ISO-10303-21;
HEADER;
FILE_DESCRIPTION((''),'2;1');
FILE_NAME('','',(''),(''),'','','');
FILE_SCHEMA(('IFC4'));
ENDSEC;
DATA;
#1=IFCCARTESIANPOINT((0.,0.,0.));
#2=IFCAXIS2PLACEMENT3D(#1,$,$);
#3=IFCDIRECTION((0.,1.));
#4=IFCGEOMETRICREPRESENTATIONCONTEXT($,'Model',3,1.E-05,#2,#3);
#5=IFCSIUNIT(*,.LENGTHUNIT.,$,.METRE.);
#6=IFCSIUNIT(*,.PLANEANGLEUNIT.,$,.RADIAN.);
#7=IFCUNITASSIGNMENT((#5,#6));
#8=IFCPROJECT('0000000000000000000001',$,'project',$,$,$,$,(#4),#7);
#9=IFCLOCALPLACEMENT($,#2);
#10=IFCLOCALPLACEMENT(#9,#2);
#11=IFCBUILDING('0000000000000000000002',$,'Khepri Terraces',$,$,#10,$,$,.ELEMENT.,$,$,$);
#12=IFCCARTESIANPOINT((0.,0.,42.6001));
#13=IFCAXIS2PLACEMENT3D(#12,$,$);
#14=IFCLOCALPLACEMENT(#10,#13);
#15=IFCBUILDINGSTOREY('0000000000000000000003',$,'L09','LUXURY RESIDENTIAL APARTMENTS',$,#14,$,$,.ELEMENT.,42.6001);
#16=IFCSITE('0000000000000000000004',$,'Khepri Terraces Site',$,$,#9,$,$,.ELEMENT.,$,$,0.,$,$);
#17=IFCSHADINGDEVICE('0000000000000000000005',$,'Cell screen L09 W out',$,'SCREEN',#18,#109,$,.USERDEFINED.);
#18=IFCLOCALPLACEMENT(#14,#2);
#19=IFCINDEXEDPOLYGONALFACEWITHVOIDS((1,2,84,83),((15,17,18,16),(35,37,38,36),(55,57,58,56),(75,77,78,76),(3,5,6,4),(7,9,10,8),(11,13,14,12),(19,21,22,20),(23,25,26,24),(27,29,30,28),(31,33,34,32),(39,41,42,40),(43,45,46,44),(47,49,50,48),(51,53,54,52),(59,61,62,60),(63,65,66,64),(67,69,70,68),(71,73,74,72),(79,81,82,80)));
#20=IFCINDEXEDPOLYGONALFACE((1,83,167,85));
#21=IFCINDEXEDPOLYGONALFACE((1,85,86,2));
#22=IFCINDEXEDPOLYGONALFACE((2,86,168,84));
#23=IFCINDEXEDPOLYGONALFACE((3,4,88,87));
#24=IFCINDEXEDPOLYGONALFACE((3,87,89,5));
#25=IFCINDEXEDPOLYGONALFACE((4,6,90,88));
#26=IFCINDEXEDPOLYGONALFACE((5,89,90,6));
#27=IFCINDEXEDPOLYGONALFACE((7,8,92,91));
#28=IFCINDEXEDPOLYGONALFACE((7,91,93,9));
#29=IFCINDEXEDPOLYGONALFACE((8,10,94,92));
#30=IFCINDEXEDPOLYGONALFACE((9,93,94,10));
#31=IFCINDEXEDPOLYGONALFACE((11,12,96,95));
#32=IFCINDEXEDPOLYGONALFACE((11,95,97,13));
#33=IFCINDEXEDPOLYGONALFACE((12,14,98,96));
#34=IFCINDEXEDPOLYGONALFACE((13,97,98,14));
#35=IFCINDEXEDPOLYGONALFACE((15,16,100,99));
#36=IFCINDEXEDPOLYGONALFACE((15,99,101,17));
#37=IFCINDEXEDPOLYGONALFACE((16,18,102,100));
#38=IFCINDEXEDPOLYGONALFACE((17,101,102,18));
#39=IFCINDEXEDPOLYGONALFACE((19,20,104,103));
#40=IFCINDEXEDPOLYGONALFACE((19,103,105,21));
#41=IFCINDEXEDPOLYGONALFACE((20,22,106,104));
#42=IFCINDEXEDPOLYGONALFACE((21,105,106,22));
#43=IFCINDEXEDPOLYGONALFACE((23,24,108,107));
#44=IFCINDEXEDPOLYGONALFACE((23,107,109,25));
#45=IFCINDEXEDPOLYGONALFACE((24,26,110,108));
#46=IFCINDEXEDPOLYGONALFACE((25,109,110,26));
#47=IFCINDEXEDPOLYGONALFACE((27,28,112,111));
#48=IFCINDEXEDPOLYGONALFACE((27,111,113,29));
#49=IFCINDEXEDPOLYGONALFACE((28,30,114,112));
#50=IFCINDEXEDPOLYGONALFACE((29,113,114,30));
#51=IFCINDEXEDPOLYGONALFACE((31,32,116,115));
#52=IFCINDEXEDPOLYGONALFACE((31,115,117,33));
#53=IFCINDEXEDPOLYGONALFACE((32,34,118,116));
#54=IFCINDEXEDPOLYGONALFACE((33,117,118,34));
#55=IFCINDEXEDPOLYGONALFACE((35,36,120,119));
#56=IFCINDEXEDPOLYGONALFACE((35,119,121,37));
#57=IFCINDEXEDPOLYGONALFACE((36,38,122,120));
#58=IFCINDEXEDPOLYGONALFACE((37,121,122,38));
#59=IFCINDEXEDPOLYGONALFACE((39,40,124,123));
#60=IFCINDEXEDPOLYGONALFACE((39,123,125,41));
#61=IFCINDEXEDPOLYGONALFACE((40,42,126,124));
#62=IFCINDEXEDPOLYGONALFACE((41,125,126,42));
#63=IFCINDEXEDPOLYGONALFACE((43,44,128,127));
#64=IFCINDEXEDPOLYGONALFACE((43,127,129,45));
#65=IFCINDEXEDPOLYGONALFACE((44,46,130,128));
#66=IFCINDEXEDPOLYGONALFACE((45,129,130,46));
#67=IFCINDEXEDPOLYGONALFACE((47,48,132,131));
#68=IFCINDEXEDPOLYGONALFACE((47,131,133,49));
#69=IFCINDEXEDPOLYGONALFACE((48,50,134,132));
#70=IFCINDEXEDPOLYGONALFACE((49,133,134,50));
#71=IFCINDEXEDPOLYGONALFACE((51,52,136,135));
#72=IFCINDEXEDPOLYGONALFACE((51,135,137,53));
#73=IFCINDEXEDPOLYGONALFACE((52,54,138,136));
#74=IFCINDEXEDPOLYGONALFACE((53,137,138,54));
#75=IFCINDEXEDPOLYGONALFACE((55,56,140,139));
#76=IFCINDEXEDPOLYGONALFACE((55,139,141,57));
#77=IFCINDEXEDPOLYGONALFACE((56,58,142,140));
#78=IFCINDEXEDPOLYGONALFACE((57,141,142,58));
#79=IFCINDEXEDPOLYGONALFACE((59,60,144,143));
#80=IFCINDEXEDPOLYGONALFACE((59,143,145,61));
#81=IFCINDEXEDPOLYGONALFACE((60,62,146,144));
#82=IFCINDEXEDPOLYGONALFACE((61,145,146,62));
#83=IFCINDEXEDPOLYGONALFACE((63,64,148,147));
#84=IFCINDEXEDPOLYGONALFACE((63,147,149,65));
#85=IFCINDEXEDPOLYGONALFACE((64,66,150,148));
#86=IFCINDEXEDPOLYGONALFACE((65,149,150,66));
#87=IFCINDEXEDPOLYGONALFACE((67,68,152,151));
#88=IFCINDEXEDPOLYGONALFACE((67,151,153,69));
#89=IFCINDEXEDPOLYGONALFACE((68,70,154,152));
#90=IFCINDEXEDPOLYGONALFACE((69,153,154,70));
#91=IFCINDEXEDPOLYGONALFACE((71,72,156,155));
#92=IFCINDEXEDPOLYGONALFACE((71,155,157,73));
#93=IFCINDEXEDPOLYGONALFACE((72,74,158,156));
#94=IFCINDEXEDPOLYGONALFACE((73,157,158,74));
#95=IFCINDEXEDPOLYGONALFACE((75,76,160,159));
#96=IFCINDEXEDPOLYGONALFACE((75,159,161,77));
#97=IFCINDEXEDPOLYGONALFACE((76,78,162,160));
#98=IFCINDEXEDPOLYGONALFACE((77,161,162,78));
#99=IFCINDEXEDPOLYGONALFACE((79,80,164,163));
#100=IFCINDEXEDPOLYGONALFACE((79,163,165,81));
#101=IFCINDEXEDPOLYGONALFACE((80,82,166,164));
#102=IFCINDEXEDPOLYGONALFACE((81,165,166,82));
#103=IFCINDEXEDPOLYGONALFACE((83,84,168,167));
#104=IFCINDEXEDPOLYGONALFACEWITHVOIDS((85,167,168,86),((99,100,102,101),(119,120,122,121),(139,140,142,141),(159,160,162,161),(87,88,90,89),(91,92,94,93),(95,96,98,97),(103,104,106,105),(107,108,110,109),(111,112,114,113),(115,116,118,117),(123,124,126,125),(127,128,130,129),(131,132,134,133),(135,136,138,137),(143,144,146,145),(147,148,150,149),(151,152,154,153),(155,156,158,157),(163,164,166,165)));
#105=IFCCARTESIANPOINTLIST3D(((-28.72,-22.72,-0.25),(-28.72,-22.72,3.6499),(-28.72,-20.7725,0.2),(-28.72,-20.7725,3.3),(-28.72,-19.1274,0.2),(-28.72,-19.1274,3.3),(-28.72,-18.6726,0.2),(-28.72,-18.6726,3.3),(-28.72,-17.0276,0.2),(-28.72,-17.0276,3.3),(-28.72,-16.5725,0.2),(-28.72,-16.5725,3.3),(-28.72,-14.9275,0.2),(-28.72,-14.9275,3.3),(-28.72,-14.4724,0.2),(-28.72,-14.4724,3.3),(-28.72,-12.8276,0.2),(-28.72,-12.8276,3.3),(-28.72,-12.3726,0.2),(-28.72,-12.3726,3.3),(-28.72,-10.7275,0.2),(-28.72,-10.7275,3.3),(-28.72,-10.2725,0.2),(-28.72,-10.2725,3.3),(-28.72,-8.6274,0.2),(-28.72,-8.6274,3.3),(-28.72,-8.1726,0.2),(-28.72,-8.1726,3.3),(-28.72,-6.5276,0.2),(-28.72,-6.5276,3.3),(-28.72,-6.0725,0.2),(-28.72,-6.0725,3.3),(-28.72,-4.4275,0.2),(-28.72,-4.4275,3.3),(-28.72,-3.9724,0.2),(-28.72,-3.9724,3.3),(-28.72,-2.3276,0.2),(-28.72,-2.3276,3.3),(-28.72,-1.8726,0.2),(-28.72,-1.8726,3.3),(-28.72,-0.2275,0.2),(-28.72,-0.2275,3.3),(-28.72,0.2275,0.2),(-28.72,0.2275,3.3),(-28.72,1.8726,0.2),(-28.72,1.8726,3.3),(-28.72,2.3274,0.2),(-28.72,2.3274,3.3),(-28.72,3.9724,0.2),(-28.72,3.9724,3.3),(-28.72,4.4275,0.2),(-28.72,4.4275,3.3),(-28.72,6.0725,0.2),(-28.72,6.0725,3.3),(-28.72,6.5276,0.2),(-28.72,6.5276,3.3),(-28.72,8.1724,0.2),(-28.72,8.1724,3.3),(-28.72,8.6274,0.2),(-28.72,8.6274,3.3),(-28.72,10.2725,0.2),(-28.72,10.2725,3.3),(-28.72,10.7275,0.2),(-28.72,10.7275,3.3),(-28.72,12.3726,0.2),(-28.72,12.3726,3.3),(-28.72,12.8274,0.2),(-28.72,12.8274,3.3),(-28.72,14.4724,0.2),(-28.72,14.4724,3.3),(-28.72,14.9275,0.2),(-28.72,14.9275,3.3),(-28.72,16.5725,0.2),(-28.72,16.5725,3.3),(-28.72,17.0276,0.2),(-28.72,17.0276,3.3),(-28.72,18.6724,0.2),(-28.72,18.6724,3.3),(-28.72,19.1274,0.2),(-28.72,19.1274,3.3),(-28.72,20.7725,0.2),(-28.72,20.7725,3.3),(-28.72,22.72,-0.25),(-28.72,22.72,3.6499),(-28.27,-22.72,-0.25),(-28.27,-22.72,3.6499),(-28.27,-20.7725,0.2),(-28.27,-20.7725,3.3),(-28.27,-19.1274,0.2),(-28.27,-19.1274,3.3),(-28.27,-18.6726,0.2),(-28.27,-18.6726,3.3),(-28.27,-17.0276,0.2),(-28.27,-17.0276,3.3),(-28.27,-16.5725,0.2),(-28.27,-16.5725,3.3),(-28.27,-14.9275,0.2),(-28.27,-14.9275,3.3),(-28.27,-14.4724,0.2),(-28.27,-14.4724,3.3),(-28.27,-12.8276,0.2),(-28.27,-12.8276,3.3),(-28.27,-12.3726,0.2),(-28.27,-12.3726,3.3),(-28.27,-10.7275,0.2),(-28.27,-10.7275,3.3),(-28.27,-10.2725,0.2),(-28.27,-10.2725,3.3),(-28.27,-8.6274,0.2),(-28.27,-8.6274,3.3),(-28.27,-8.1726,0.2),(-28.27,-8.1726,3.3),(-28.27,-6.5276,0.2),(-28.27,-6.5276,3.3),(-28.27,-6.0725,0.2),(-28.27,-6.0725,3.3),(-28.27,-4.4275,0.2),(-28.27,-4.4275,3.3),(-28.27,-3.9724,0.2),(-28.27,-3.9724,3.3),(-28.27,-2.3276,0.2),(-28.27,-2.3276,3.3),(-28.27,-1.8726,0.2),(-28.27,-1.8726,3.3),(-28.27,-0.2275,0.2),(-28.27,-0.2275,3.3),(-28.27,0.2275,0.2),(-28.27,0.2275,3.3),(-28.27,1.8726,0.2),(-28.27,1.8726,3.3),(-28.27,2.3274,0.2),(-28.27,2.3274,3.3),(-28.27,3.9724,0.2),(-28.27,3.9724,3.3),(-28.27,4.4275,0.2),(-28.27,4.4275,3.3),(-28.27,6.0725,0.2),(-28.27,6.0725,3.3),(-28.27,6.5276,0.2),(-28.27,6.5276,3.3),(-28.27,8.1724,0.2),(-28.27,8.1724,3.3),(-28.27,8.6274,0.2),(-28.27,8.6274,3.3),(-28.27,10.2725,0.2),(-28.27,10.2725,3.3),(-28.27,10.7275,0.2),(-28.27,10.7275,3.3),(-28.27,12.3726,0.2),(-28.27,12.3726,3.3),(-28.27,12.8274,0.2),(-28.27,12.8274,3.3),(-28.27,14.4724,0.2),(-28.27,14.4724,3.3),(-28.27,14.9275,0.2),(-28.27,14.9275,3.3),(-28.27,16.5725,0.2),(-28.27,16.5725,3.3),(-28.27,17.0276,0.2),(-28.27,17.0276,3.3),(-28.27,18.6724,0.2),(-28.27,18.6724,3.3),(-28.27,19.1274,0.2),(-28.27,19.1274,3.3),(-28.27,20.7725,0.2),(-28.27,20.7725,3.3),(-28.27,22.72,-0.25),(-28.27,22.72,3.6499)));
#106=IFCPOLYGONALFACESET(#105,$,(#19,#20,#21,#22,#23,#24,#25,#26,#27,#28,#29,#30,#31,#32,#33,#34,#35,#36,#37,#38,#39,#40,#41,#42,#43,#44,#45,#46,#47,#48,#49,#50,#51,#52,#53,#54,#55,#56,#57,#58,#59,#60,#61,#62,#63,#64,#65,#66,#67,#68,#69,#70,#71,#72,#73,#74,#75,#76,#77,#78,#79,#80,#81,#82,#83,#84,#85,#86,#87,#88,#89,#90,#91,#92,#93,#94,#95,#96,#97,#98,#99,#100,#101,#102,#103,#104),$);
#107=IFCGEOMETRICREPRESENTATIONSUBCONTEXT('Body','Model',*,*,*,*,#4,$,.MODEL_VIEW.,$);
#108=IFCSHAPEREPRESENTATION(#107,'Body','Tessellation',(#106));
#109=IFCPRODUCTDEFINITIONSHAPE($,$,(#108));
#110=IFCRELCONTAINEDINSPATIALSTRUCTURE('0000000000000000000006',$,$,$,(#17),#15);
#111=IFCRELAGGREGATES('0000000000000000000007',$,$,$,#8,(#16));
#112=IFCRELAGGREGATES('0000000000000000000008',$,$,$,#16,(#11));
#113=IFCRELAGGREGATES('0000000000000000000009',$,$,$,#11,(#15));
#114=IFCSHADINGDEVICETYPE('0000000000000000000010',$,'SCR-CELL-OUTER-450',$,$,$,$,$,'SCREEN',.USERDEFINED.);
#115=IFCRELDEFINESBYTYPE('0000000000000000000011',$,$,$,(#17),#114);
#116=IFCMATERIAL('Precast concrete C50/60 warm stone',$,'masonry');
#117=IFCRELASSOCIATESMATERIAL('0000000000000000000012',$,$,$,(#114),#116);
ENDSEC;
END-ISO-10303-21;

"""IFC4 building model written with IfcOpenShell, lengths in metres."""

from ifc_helpers import new_model, si_unit, direction, frame, origin, place, context, subcontext, project, spatial, polyline, outline, extrude, material, type_object, element, save


model = new_model("IFC4")

# Units and contexts
model_context = context("Model", 3, precision=1e-05, world=origin(), true_north=direction((0.0, 1.0)))
body_context = subcontext(model_context, "Body", "Model", "MODEL_VIEW")
ifc_project = project(units=[si_unit("LENGTHUNIT", "METRE"), si_unit("PLANEANGLEUNIT", "RADIAN")], contexts=[model_context])

# Site, building, storey
site_placement = place(None, origin())
site = spatial("IfcSite", under=ifc_project, at=site_placement, Name="Khepri Terraces Site", CompositionType="ELEMENT", RefElevation=0.0)
building_placement = place(site_placement, origin())
building = spatial("IfcBuilding", under=site, at=building_placement, Name="Khepri Terraces", CompositionType="ELEMENT")
storey_placement = place(building_placement, frame((0.0, 0.0, 42.6001)))
storey = spatial("IfcBuildingStorey", under=building, at=storey_placement, Name="L09", Description="LUXURY RESIDENTIAL APARTMENTS", CompositionType="ELEMENT", Elevation=42.6001)

# Shared definitions
ifc_material_1 = material(Name="Precast concrete C50/60 warm stone", Category="masonry")

# Shading device
shading_device_type_1 = type_object("IfcShadingDeviceType", Name="SCR-CELL-OUTER-450", ElementType="SCREEN", PredefinedType="USERDEFINED", material=ifc_material_1)
shading_device_1_placement = place(storey_placement, frame((-28.27, 22.72, -0.25), z_axis=(-1.0, 0.0, 0.0), x_axis=(0.0, -1.0, 0.0)))
element("IfcShadingDevice", 1, at=shading_device_1_placement, inside=storey, type_object=shading_device_type_1, Name="Cell screen L09 W out", ObjectType="SCREEN", PredefinedType="USERDEFINED", context=body_context, shape_type="SweptSolid", body=[
    extrude(outline(polyline([(0.0, 0.0), (45.4399, 0.0), (45.4399, 3.8999), (0.0, 3.8999), (0.0, 0.0)]), holes=[polyline([(1.9475, 0.45), (3.5925, 0.45), (3.5925, 3.55), (1.9475, 3.55), (1.9475, 0.45)]), polyline([(4.0476, 0.45), (5.6924, 0.45), (5.6924, 3.55), (4.0476, 3.55), (4.0476, 0.45)]), polyline([(6.1475, 0.45), (7.7925, 0.45), (7.7925, 3.55), (6.1475, 3.55), (6.1475, 0.45)]), polyline([(8.2476, 0.45), (9.8926, 0.45), (9.8926, 3.55), (8.2476, 3.55), (8.2476, 0.45)]), polyline([(10.3474, 0.45), (11.9924, 0.45), (11.9924, 3.55), (10.3474, 3.55), (10.3474, 0.45)]), polyline([(12.4475, 0.45), (14.0925, 0.45), (14.0925, 3.55), (12.4475, 3.55), (12.4475, 0.45)]), polyline([(14.5476, 0.45), (16.1924, 0.45), (16.1924, 3.55), (14.5476, 3.55), (14.5476, 0.45)]), polyline([(16.6475, 0.45), (18.2925, 0.45), (18.2925, 3.55), (16.6475, 3.55), (16.6475, 0.45)]), polyline([(18.7476, 0.45), (20.3926, 0.45), (20.3926, 3.55), (18.7476, 3.55), (18.7476, 0.45)]), polyline([(20.8474, 0.45), (22.4924, 0.45), (22.4924, 3.55), (20.8474, 3.55), (20.8474, 0.45)]), polyline([(22.9475, 0.45), (24.5925, 0.45), (24.5925, 3.55), (22.9475, 3.55), (22.9475, 0.45)]), polyline([(25.0476, 0.45), (26.6924, 0.45), (26.6924, 3.55), (25.0476, 3.55), (25.0476, 0.45)]), polyline([(27.1475, 0.45), (28.7925, 0.45), (28.7925, 3.55), (27.1475, 3.55), (27.1475, 0.45)]), polyline([(29.2476, 0.45), (30.8926, 0.45), (30.8926, 3.55), (29.2476, 3.55), (29.2476, 0.45)]), polyline([(31.3474, 0.45), (32.9924, 0.45), (32.9924, 3.55), (31.3474, 3.55), (31.3474, 0.45)]), polyline([(33.4475, 0.45), (35.0925, 0.45), (35.0925, 3.55), (33.4475, 3.55), (33.4475, 0.45)]), polyline([(35.5476, 0.45), (37.1924, 0.45), (37.1924, 3.55), (35.5476, 3.55), (35.5476, 0.45)]), polyline([(37.6475, 0.45), (39.2925, 0.45), (39.2925, 3.55), (37.6475, 3.55), (37.6475, 0.45)]), polyline([(39.7476, 0.45), (41.3926, 0.45), (41.3926, 3.55), (39.7476, 3.55), (39.7476, 0.45)]), polyline([(41.8474, 0.45), (43.4924, 0.45), (43.4924, 3.55), (41.8474, 3.55), (41.8474, 0.45)])]), origin(), (0.0, 0.0, 1.0), 0.45),
])

save(model, "model.ifc")
